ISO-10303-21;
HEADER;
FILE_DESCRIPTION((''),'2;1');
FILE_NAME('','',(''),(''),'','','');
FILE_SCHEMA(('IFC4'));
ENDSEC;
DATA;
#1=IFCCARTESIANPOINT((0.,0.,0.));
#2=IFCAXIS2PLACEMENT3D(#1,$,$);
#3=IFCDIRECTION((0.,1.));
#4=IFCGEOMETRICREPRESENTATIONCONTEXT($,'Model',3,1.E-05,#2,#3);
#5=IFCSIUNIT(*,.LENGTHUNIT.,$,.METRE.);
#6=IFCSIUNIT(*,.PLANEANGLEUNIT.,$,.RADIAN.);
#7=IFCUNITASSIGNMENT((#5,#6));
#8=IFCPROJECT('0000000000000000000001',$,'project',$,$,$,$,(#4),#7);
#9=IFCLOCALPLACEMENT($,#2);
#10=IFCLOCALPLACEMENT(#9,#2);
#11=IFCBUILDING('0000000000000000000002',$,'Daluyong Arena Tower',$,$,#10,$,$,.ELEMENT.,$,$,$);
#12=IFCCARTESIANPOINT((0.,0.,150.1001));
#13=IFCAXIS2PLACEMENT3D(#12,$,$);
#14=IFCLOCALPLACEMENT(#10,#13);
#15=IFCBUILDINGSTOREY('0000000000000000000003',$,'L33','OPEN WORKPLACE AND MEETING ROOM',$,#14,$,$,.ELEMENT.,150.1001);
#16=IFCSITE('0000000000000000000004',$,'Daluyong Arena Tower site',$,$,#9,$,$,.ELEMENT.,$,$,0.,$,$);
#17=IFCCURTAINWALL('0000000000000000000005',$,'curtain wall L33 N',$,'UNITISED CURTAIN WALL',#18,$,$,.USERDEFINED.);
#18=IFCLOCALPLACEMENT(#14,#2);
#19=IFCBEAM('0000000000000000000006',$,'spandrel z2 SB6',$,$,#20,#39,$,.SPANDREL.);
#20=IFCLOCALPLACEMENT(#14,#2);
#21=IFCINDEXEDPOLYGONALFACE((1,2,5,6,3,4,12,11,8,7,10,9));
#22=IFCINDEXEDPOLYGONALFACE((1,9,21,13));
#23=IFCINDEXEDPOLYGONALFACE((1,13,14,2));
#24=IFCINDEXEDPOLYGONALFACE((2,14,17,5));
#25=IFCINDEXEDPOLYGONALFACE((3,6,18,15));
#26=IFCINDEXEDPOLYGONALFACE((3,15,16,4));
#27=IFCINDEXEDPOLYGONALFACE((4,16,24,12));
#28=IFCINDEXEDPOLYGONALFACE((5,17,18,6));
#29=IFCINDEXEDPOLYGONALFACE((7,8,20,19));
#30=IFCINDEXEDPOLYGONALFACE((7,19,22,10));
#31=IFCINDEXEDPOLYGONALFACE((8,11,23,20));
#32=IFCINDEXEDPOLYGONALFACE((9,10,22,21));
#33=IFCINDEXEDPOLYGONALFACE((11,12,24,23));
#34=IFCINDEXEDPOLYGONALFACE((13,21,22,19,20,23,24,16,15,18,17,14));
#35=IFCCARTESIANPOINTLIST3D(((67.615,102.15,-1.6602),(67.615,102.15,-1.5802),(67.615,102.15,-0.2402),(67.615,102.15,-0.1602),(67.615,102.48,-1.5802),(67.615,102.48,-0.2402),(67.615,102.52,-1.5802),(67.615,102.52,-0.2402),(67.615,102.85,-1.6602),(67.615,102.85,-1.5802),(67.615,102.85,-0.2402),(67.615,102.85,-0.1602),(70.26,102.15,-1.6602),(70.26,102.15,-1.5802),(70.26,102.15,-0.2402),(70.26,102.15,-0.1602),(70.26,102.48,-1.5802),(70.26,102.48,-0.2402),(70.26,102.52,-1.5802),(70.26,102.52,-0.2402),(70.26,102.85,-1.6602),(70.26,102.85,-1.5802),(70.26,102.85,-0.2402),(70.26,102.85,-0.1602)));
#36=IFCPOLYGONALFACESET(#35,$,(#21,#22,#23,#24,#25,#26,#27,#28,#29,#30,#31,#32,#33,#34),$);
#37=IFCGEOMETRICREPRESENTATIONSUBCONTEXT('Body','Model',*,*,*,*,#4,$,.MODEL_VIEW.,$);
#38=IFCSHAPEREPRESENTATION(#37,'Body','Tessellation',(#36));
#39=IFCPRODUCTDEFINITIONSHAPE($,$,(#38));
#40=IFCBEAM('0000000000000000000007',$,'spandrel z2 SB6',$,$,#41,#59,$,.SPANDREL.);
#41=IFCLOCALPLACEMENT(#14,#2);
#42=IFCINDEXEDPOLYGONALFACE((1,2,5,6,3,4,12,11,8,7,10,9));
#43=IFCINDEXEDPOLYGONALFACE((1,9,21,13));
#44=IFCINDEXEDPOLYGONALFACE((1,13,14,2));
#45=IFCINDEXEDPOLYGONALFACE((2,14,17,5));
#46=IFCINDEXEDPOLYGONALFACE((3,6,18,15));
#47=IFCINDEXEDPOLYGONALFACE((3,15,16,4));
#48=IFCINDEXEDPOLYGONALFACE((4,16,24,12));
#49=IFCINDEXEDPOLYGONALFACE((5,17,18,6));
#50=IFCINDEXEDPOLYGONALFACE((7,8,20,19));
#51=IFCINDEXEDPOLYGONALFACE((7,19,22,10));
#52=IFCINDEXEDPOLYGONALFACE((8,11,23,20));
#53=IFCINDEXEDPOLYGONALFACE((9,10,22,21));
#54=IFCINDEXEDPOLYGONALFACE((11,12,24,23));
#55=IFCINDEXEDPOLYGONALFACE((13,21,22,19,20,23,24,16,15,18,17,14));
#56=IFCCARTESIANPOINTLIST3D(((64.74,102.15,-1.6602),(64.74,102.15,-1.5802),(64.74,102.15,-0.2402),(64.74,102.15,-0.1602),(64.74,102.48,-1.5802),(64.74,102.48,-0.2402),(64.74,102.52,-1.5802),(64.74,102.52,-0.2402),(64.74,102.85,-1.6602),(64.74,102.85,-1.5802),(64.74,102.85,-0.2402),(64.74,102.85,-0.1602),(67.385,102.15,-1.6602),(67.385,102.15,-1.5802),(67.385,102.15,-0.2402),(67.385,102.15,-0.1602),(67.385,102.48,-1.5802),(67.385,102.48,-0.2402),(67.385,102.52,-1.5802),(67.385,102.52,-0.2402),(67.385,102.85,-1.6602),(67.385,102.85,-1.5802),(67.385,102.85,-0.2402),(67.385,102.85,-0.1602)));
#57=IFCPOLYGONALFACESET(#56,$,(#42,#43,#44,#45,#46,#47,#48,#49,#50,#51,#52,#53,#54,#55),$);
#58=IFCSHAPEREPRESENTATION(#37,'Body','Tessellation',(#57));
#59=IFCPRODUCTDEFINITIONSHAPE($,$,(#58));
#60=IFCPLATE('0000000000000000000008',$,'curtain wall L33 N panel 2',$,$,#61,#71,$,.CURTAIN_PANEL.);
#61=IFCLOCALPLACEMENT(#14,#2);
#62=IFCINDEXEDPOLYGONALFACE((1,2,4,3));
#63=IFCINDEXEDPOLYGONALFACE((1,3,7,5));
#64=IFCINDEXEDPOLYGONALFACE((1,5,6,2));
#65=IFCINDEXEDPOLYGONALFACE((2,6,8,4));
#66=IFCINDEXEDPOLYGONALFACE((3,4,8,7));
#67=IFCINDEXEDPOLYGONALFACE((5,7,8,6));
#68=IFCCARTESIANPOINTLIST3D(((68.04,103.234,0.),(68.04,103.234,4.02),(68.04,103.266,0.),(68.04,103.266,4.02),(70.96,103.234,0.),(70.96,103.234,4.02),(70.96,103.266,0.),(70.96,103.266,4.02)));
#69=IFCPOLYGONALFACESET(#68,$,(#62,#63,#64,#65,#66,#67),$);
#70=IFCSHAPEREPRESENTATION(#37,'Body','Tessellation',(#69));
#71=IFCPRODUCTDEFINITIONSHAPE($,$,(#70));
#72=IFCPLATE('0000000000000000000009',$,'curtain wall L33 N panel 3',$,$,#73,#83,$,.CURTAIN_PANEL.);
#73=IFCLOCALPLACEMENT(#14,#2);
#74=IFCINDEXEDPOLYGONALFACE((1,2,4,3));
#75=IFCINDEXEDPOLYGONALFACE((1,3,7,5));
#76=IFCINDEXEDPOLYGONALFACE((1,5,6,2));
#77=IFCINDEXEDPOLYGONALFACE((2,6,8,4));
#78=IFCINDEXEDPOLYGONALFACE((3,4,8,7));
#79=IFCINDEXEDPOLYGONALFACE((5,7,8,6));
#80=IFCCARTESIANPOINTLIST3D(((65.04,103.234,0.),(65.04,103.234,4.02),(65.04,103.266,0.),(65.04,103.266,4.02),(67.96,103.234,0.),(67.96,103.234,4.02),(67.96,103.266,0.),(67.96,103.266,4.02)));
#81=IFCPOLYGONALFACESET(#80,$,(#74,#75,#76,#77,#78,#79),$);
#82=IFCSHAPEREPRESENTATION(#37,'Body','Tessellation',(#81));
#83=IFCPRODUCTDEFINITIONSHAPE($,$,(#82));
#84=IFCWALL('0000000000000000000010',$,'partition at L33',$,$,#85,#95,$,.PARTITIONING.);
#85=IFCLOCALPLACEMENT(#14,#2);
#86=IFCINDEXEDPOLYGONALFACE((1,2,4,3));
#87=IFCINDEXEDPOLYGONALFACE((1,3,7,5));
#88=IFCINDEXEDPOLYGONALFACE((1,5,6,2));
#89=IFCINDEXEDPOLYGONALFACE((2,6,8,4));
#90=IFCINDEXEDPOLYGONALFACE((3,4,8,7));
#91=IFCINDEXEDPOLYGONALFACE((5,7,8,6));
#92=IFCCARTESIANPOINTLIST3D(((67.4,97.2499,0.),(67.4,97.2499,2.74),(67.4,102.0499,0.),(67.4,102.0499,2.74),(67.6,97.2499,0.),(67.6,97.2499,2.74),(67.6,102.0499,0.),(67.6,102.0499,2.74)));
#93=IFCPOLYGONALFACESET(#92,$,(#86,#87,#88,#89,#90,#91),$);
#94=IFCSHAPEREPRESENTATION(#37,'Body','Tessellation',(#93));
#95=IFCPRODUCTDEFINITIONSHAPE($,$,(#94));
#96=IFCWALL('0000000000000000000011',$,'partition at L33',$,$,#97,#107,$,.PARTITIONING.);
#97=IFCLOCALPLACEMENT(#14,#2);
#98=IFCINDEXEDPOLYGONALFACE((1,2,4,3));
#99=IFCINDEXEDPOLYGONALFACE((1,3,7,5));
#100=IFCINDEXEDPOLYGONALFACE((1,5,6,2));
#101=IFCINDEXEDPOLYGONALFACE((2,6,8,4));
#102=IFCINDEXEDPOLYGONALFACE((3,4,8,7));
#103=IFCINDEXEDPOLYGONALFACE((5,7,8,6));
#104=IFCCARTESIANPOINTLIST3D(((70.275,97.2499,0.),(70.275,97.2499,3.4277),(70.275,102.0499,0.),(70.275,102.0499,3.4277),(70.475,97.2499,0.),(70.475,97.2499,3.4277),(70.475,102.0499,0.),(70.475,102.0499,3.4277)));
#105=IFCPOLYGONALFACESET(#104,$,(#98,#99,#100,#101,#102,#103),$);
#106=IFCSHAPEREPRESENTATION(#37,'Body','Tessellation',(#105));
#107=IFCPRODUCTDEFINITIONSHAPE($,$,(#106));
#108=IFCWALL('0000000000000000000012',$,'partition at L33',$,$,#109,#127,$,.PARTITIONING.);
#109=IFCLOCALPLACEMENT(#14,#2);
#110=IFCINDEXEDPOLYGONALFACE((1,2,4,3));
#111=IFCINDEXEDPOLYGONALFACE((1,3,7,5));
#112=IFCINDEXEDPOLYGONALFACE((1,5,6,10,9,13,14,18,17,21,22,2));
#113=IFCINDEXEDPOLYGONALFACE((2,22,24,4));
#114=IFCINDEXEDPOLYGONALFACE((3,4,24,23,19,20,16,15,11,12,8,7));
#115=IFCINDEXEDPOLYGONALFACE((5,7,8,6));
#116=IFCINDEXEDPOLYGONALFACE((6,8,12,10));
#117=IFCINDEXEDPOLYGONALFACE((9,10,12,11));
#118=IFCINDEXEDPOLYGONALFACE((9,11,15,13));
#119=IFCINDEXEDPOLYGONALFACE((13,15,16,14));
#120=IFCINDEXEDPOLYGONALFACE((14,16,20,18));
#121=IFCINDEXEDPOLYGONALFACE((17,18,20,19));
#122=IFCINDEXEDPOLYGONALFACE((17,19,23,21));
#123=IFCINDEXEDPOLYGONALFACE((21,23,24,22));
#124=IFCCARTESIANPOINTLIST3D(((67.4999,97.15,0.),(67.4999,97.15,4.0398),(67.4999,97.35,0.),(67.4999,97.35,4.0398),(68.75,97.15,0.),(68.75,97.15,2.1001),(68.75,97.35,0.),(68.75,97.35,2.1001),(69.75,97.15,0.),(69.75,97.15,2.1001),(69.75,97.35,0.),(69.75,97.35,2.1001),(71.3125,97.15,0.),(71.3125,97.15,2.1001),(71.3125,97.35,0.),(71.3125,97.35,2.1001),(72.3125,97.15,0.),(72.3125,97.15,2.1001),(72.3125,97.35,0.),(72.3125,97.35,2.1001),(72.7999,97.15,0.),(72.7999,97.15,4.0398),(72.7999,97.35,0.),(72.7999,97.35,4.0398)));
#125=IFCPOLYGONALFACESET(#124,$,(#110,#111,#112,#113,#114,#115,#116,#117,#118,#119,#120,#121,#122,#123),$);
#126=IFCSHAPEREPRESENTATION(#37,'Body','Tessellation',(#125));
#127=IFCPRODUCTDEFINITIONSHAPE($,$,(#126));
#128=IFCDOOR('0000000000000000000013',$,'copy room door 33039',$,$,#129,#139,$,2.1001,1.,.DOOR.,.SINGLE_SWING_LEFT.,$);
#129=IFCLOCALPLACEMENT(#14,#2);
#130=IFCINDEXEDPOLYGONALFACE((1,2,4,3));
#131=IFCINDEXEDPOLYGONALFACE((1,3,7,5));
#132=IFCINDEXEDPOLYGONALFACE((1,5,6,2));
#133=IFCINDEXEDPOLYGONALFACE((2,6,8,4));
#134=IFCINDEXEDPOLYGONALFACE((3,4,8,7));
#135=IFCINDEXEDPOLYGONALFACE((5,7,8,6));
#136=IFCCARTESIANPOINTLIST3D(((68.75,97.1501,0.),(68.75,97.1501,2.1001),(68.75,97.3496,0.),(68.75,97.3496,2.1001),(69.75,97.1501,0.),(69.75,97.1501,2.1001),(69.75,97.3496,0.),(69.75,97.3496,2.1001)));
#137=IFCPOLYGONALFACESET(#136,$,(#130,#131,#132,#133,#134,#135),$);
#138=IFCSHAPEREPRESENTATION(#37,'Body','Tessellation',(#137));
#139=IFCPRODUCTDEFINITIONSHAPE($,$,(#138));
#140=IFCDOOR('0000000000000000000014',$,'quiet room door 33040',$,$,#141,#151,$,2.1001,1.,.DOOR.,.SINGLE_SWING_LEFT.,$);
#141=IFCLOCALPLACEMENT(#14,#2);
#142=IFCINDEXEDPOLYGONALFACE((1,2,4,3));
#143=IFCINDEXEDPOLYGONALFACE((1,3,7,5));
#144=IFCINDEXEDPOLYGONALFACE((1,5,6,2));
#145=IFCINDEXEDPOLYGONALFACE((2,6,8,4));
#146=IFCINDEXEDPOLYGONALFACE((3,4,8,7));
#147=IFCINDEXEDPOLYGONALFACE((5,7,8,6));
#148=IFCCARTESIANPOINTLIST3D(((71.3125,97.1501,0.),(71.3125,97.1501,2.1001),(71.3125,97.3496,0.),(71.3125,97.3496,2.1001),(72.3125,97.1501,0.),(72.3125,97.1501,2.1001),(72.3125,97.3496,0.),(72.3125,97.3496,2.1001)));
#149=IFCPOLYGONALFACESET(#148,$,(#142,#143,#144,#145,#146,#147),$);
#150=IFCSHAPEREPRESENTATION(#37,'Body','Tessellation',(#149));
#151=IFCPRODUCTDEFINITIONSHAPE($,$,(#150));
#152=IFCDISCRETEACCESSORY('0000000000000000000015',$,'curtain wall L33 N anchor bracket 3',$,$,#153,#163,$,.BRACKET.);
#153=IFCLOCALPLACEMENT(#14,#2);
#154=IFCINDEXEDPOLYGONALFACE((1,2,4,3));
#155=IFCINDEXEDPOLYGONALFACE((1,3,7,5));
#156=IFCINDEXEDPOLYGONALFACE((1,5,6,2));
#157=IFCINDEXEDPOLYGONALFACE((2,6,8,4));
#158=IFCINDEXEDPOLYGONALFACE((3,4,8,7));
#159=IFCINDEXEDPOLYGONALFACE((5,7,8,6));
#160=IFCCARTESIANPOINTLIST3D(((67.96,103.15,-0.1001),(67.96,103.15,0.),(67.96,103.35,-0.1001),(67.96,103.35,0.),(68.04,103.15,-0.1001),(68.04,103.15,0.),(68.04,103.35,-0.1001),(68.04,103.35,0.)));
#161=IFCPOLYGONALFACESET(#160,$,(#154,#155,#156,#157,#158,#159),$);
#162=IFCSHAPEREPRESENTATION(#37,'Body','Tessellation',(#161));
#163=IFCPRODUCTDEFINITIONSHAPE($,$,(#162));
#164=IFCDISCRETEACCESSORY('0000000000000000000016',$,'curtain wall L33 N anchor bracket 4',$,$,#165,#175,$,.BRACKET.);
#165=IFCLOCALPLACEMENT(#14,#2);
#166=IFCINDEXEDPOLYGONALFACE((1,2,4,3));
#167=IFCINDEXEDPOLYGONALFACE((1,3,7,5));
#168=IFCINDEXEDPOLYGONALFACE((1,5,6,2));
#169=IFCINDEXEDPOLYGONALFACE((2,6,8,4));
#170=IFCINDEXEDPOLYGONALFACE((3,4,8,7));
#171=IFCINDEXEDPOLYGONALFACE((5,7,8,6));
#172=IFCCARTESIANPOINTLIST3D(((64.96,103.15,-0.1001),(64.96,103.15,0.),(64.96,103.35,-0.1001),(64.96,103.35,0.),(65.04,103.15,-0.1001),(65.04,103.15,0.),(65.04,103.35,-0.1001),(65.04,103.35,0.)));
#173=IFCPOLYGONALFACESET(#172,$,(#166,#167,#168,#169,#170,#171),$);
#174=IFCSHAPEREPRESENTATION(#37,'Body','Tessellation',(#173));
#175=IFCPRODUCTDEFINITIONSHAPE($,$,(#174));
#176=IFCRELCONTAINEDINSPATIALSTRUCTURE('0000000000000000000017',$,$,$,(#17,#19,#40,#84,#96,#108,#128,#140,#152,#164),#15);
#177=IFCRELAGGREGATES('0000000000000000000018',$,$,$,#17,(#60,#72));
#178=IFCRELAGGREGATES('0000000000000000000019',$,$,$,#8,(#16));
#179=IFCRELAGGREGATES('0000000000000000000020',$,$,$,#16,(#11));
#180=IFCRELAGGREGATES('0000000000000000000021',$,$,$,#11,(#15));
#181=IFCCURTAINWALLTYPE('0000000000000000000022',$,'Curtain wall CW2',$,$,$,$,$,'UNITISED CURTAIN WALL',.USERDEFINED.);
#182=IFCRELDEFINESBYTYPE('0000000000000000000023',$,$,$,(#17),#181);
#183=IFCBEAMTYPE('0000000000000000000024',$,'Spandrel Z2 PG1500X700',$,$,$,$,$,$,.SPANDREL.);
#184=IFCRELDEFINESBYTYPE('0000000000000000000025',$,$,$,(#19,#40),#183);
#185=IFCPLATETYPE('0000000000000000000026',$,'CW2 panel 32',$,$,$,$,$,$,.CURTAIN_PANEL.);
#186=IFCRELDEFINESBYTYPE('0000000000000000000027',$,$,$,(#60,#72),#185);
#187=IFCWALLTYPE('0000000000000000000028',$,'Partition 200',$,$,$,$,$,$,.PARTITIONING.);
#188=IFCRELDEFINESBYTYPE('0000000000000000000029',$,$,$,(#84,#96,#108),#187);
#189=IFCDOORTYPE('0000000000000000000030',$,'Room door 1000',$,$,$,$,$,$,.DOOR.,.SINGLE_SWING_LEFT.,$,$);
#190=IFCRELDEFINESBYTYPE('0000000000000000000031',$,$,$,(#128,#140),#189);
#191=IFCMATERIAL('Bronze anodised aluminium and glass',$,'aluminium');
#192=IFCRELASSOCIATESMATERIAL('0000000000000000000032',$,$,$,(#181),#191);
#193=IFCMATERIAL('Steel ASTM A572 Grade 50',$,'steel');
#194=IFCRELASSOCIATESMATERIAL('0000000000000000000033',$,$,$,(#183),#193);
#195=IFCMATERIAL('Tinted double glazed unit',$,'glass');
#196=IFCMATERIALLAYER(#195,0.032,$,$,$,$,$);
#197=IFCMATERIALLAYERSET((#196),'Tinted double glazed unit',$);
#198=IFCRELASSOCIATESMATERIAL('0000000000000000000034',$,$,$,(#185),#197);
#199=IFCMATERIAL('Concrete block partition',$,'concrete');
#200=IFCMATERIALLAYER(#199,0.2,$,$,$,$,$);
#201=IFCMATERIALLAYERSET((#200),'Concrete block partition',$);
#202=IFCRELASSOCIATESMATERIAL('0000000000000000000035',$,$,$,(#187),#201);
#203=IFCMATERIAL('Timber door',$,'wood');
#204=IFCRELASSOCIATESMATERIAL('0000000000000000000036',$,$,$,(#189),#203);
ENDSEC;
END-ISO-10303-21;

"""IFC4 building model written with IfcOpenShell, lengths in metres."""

from ifc_helpers import new_model, si_unit, direction, frame, frame_2d, origin, origin_2d, place, context, subcontext, project, spatial, rectangle, i_section, extrude, material, layer, layer_set, material_profile, profile_set, type_object, element, fill, aggregate, save


model = new_model("IFC4")

# Units and contexts
model_context = context("Model", 3, precision=1e-05, world=origin(), true_north=direction((0.0, 1.0)))
body_context = subcontext(model_context, "Body", "Model", "MODEL_VIEW")
ifc_project = project(units=[si_unit("LENGTHUNIT", "METRE"), si_unit("PLANEANGLEUNIT", "RADIAN")], contexts=[model_context])

# Site, building, storey
site_placement = place(None, origin())
site = spatial("IfcSite", under=ifc_project, at=site_placement, Name="Daluyong Arena Tower site", CompositionType="ELEMENT", RefElevation=0.0)
building_placement = place(site_placement, origin())
building = spatial("IfcBuilding", under=site, at=building_placement, Name="Daluyong Arena Tower", CompositionType="ELEMENT")
storey_placement = place(building_placement, frame((0.0, 0.0, 150.1001)))
storey = spatial("IfcBuildingStorey", under=building, at=storey_placement, Name="L33", Description="OPEN WORKPLACE AND MEETING ROOM", CompositionType="ELEMENT", Elevation=150.1001)

# Curtain wall
ifc_material_1 = material(Name="Bronze anodised aluminium and glass", Category="aluminium")
curtain_wall_type = type_object("IfcCurtainWallType", Name="Curtain wall CW2", ElementType="UNITISED CURTAIN WALL", PredefinedType="USERDEFINED", material=ifc_material_1)
curtain_wall_placement = place(storey_placement, origin())
curtain_wall = element("IfcCurtainWall", 1, at=curtain_wall_placement, inside=storey, type_object=curtain_wall_type, Name="curtain wall L33 N", ObjectType="UNITISED CURTAIN WALL", PredefinedType="USERDEFINED")

# Beams
ifc_material_2 = material(Name="Steel ASTM A572 Grade 50", Category="steel")
ifc_material_profile_1 = material_profile(ifc_material_2, i_section(OverallWidth=0.7, OverallDepth=1.5, WebThickness=0.04, FlangeThickness=0.08, at=origin_2d()))
ifc_profile_set_1 = profile_set([ifc_material_profile_1], Name="Steel ASTM A572 Grade 50")
beam_type_1 = type_object("IfcBeamType", Name="Spandrel Z2 PG1500X700", PredefinedType="SPANDREL", material=ifc_profile_set_1)
for number, where, z_axis, x_axis, name in (
    (2, (70.26, 102.5, -0.9102), (-1.0, 0.0, 0.0), (0.0, -1.0, 0.0), "spandrel z2 SB6"),
    (3, (67.385, 102.5, -0.9102), (-1.0, 0.0, 0.0), (0.0, -1.0, 0.0), "spandrel z2 SB6"),
):
    element("IfcBeam", number, at=place(storey_placement, frame(where, z_axis=z_axis, x_axis=x_axis)), inside=storey, type_object=beam_type_1, Name=name, PredefinedType="SPANDREL", context=body_context, shape_type="SweptSolid", body=[
        extrude(i_section(OverallWidth=0.7, OverallDepth=1.5, WebThickness=0.04, FlangeThickness=0.08, at=origin_2d()), origin(), (0.0, 0.0, 1.0), 2.645),
    ])

# Plates
ifc_material_3 = material(Name="Tinted double glazed unit", Category="glass")
ifc_layer_1 = layer(ifc_material_3, 0.032)
ifc_layer_set_1 = layer_set([ifc_layer_1], Name="Tinted double glazed unit")
plate_type = type_object("IfcPlateType", Name="CW2 panel 32", PredefinedType="CURTAIN_PANEL", material=ifc_layer_set_1)
plate_1_placement = place(storey_placement, frame((69.5, 103.25, 0.0), z_axis=(0.0, 0.0, 1.0), x_axis=(-1.0, 0.0, 0.0)))
plate_1 = element("IfcPlate", 4, at=plate_1_placement, type_object=plate_type, Name="curtain wall L33 N panel 2", PredefinedType="CURTAIN_PANEL", context=body_context, shape_type="SweptSolid", body=[
    extrude(rectangle(XDim=2.9199, YDim=0.032, at=origin_2d()), origin(), (0.0, 0.0, 1.0), 4.02),
])
plate_2_placement = place(storey_placement, frame((66.5, 103.25, 0.0), z_axis=(0.0, 0.0, 1.0), x_axis=(-1.0, 0.0, 0.0)))
plate_2 = element("IfcPlate", 5, at=plate_2_placement, type_object=plate_type, Name="curtain wall L33 N panel 3", PredefinedType="CURTAIN_PANEL", context=body_context, shape_type="SweptSolid", body=[
    extrude(rectangle(XDim=2.9199, YDim=0.032, at=origin_2d()), origin(), (0.0, 0.0, 1.0), 4.02),
])
aggregate(curtain_wall, [plate_1, plate_2])

# Walls
ifc_material_4 = material(Name="Concrete block partition", Category="concrete")
ifc_layer_2 = layer(ifc_material_4, 0.2)
ifc_layer_set_2 = layer_set([ifc_layer_2], Name="Concrete block partition")
wall_type = type_object("IfcWallType", Name="Partition 200", PredefinedType="PARTITIONING", material=ifc_layer_set_2)
wall_1_placement = place(storey_placement, frame((67.5, 97.25, 0.0), z_axis=(0.0, 0.0, 1.0), x_axis=(0.0, 1.0, 0.0)))
element("IfcWall", 6, at=wall_1_placement, inside=storey, type_object=wall_type, Name="partition at L33", PredefinedType="PARTITIONING", context=body_context, shape_type="SweptSolid", body=[
    extrude(rectangle(XDim=4.8, YDim=0.2, at=frame_2d((2.3999, 0.0))), origin(), (0.0, 0.0, 1.0), 2.74),
])
wall_2_placement = place(storey_placement, frame((70.375, 97.25, 0.0), z_axis=(0.0, 0.0, 1.0), x_axis=(0.0, 1.0, 0.0)))
element("IfcWall", 7, at=wall_2_placement, inside=storey, type_object=wall_type, Name="partition at L33", PredefinedType="PARTITIONING", context=body_context, shape_type="SweptSolid", body=[
    extrude(rectangle(XDim=4.8, YDim=0.2, at=frame_2d((2.3999, 0.0))), origin(), (0.0, 0.0, 1.0), 3.4277),
])

# Wall, openings, doors
wall_3_placement = place(storey_placement, frame((67.5, 97.25, 0.0), z_axis=(0.0, 0.0, 1.0), x_axis=(1.0, 0.0, 0.0)))
wall_3 = element("IfcWall", 8, at=wall_3_placement, inside=storey, type_object=wall_type, Name="partition at L33", PredefinedType="PARTITIONING", context=body_context, shape_type="SweptSolid", body=[
    extrude(rectangle(XDim=5.3, YDim=0.2, at=frame_2d((2.6499, 0.0))), origin(), (0.0, 0.0, 1.0), 4.0398),
])
opening_1_placement = place(wall_3_placement, frame((1.25, 0.0, 0.0)))
opening_1 = element("IfcOpeningElement", 9, at=opening_1_placement, cuts=wall_3, PredefinedType="OPENING", context=body_context, shape_type="SweptSolid", body=[
    extrude(rectangle(XDim=1.0, YDim=2.1001, at=frame_2d((0.5, 1.05))), frame((0.0, 0.1099, 0.0), z_axis=(0.0, -1.0, 0.0), x_axis=(1.0, 0.0, 0.0)), (0.0, 0.0, 1.0), 0.22),
])
opening_2_placement = place(wall_3_placement, frame((3.8125, 0.0, 0.0)))
opening_2 = element("IfcOpeningElement", 10, at=opening_2_placement, cuts=wall_3, PredefinedType="OPENING", context=body_context, shape_type="SweptSolid", body=[
    extrude(rectangle(XDim=1.0, YDim=2.1001, at=frame_2d((0.5, 1.05))), frame((0.0, 0.1099, 0.0), z_axis=(0.0, -1.0, 0.0), x_axis=(1.0, 0.0, 0.0)), (0.0, 0.0, 1.0), 0.22),
])
ifc_material_5 = material(Name="Timber door", Category="wood")
door_type = type_object("IfcDoorType", Name="Room door 1000", OperationType="SINGLE_SWING_LEFT", PredefinedType="DOOR", material=ifc_material_5)
door_1_placement = place(opening_1_placement, origin())
door_1 = element("IfcDoor", 11, at=door_1_placement, inside=storey, type_object=door_type, Name="copy room door 33039", OperationType="SINGLE_SWING_LEFT", OverallHeight=2.1001, OverallWidth=1.0, PredefinedType="DOOR", context=body_context, shape_type="SweptSolid", body=[
    extrude(rectangle(XDim=1.0, YDim=2.1001, at=frame_2d((0.5, 1.05))), frame((0.0, 0.0996, 0.0), z_axis=(0.0, -1.0, 0.0), x_axis=(1.0, 0.0, 0.0)), (0.0, 0.0, 1.0), 0.1995),
])
fill(opening_1, door_1)
door_2_placement = place(opening_2_placement, origin())
door_2 = element("IfcDoor", 12, at=door_2_placement, inside=storey, type_object=door_type, Name="quiet room door 33040", OperationType="SINGLE_SWING_LEFT", OverallHeight=2.1001, OverallWidth=1.0, PredefinedType="DOOR", context=body_context, shape_type="SweptSolid", body=[
    extrude(rectangle(XDim=1.0, YDim=2.1001, at=frame_2d((0.5, 1.05))), frame((0.0, 0.0996, 0.0), z_axis=(0.0, -1.0, 0.0), x_axis=(1.0, 0.0, 0.0)), (0.0, 0.0, 1.0), 0.1995),
])
fill(opening_2, door_2)

# Discrete accessories
for number, where, z_axis, x_axis, name in (
    (13, (68.0, 103.25, -0.1001), (0.0, 0.0, 1.0), (-1.0, 0.0, 0.0), "curtain wall L33 N anchor bracket 3"),
    (14, (65.0, 103.25, -0.1001), (0.0, 0.0, 1.0), (-1.0, 0.0, 0.0), "curtain wall L33 N anchor bracket 4"),
):
    element("IfcDiscreteAccessory", number, at=place(storey_placement, frame(where, z_axis=z_axis, x_axis=x_axis)), inside=storey, Name=name, PredefinedType="BRACKET", context=body_context, shape_type="SweptSolid", body=[
        extrude(rectangle(XDim=0.0801, YDim=0.2, at=origin_2d()), origin(), (0.0, 0.0, 1.0), 0.1001),
    ])

save(model, "model.ifc")
